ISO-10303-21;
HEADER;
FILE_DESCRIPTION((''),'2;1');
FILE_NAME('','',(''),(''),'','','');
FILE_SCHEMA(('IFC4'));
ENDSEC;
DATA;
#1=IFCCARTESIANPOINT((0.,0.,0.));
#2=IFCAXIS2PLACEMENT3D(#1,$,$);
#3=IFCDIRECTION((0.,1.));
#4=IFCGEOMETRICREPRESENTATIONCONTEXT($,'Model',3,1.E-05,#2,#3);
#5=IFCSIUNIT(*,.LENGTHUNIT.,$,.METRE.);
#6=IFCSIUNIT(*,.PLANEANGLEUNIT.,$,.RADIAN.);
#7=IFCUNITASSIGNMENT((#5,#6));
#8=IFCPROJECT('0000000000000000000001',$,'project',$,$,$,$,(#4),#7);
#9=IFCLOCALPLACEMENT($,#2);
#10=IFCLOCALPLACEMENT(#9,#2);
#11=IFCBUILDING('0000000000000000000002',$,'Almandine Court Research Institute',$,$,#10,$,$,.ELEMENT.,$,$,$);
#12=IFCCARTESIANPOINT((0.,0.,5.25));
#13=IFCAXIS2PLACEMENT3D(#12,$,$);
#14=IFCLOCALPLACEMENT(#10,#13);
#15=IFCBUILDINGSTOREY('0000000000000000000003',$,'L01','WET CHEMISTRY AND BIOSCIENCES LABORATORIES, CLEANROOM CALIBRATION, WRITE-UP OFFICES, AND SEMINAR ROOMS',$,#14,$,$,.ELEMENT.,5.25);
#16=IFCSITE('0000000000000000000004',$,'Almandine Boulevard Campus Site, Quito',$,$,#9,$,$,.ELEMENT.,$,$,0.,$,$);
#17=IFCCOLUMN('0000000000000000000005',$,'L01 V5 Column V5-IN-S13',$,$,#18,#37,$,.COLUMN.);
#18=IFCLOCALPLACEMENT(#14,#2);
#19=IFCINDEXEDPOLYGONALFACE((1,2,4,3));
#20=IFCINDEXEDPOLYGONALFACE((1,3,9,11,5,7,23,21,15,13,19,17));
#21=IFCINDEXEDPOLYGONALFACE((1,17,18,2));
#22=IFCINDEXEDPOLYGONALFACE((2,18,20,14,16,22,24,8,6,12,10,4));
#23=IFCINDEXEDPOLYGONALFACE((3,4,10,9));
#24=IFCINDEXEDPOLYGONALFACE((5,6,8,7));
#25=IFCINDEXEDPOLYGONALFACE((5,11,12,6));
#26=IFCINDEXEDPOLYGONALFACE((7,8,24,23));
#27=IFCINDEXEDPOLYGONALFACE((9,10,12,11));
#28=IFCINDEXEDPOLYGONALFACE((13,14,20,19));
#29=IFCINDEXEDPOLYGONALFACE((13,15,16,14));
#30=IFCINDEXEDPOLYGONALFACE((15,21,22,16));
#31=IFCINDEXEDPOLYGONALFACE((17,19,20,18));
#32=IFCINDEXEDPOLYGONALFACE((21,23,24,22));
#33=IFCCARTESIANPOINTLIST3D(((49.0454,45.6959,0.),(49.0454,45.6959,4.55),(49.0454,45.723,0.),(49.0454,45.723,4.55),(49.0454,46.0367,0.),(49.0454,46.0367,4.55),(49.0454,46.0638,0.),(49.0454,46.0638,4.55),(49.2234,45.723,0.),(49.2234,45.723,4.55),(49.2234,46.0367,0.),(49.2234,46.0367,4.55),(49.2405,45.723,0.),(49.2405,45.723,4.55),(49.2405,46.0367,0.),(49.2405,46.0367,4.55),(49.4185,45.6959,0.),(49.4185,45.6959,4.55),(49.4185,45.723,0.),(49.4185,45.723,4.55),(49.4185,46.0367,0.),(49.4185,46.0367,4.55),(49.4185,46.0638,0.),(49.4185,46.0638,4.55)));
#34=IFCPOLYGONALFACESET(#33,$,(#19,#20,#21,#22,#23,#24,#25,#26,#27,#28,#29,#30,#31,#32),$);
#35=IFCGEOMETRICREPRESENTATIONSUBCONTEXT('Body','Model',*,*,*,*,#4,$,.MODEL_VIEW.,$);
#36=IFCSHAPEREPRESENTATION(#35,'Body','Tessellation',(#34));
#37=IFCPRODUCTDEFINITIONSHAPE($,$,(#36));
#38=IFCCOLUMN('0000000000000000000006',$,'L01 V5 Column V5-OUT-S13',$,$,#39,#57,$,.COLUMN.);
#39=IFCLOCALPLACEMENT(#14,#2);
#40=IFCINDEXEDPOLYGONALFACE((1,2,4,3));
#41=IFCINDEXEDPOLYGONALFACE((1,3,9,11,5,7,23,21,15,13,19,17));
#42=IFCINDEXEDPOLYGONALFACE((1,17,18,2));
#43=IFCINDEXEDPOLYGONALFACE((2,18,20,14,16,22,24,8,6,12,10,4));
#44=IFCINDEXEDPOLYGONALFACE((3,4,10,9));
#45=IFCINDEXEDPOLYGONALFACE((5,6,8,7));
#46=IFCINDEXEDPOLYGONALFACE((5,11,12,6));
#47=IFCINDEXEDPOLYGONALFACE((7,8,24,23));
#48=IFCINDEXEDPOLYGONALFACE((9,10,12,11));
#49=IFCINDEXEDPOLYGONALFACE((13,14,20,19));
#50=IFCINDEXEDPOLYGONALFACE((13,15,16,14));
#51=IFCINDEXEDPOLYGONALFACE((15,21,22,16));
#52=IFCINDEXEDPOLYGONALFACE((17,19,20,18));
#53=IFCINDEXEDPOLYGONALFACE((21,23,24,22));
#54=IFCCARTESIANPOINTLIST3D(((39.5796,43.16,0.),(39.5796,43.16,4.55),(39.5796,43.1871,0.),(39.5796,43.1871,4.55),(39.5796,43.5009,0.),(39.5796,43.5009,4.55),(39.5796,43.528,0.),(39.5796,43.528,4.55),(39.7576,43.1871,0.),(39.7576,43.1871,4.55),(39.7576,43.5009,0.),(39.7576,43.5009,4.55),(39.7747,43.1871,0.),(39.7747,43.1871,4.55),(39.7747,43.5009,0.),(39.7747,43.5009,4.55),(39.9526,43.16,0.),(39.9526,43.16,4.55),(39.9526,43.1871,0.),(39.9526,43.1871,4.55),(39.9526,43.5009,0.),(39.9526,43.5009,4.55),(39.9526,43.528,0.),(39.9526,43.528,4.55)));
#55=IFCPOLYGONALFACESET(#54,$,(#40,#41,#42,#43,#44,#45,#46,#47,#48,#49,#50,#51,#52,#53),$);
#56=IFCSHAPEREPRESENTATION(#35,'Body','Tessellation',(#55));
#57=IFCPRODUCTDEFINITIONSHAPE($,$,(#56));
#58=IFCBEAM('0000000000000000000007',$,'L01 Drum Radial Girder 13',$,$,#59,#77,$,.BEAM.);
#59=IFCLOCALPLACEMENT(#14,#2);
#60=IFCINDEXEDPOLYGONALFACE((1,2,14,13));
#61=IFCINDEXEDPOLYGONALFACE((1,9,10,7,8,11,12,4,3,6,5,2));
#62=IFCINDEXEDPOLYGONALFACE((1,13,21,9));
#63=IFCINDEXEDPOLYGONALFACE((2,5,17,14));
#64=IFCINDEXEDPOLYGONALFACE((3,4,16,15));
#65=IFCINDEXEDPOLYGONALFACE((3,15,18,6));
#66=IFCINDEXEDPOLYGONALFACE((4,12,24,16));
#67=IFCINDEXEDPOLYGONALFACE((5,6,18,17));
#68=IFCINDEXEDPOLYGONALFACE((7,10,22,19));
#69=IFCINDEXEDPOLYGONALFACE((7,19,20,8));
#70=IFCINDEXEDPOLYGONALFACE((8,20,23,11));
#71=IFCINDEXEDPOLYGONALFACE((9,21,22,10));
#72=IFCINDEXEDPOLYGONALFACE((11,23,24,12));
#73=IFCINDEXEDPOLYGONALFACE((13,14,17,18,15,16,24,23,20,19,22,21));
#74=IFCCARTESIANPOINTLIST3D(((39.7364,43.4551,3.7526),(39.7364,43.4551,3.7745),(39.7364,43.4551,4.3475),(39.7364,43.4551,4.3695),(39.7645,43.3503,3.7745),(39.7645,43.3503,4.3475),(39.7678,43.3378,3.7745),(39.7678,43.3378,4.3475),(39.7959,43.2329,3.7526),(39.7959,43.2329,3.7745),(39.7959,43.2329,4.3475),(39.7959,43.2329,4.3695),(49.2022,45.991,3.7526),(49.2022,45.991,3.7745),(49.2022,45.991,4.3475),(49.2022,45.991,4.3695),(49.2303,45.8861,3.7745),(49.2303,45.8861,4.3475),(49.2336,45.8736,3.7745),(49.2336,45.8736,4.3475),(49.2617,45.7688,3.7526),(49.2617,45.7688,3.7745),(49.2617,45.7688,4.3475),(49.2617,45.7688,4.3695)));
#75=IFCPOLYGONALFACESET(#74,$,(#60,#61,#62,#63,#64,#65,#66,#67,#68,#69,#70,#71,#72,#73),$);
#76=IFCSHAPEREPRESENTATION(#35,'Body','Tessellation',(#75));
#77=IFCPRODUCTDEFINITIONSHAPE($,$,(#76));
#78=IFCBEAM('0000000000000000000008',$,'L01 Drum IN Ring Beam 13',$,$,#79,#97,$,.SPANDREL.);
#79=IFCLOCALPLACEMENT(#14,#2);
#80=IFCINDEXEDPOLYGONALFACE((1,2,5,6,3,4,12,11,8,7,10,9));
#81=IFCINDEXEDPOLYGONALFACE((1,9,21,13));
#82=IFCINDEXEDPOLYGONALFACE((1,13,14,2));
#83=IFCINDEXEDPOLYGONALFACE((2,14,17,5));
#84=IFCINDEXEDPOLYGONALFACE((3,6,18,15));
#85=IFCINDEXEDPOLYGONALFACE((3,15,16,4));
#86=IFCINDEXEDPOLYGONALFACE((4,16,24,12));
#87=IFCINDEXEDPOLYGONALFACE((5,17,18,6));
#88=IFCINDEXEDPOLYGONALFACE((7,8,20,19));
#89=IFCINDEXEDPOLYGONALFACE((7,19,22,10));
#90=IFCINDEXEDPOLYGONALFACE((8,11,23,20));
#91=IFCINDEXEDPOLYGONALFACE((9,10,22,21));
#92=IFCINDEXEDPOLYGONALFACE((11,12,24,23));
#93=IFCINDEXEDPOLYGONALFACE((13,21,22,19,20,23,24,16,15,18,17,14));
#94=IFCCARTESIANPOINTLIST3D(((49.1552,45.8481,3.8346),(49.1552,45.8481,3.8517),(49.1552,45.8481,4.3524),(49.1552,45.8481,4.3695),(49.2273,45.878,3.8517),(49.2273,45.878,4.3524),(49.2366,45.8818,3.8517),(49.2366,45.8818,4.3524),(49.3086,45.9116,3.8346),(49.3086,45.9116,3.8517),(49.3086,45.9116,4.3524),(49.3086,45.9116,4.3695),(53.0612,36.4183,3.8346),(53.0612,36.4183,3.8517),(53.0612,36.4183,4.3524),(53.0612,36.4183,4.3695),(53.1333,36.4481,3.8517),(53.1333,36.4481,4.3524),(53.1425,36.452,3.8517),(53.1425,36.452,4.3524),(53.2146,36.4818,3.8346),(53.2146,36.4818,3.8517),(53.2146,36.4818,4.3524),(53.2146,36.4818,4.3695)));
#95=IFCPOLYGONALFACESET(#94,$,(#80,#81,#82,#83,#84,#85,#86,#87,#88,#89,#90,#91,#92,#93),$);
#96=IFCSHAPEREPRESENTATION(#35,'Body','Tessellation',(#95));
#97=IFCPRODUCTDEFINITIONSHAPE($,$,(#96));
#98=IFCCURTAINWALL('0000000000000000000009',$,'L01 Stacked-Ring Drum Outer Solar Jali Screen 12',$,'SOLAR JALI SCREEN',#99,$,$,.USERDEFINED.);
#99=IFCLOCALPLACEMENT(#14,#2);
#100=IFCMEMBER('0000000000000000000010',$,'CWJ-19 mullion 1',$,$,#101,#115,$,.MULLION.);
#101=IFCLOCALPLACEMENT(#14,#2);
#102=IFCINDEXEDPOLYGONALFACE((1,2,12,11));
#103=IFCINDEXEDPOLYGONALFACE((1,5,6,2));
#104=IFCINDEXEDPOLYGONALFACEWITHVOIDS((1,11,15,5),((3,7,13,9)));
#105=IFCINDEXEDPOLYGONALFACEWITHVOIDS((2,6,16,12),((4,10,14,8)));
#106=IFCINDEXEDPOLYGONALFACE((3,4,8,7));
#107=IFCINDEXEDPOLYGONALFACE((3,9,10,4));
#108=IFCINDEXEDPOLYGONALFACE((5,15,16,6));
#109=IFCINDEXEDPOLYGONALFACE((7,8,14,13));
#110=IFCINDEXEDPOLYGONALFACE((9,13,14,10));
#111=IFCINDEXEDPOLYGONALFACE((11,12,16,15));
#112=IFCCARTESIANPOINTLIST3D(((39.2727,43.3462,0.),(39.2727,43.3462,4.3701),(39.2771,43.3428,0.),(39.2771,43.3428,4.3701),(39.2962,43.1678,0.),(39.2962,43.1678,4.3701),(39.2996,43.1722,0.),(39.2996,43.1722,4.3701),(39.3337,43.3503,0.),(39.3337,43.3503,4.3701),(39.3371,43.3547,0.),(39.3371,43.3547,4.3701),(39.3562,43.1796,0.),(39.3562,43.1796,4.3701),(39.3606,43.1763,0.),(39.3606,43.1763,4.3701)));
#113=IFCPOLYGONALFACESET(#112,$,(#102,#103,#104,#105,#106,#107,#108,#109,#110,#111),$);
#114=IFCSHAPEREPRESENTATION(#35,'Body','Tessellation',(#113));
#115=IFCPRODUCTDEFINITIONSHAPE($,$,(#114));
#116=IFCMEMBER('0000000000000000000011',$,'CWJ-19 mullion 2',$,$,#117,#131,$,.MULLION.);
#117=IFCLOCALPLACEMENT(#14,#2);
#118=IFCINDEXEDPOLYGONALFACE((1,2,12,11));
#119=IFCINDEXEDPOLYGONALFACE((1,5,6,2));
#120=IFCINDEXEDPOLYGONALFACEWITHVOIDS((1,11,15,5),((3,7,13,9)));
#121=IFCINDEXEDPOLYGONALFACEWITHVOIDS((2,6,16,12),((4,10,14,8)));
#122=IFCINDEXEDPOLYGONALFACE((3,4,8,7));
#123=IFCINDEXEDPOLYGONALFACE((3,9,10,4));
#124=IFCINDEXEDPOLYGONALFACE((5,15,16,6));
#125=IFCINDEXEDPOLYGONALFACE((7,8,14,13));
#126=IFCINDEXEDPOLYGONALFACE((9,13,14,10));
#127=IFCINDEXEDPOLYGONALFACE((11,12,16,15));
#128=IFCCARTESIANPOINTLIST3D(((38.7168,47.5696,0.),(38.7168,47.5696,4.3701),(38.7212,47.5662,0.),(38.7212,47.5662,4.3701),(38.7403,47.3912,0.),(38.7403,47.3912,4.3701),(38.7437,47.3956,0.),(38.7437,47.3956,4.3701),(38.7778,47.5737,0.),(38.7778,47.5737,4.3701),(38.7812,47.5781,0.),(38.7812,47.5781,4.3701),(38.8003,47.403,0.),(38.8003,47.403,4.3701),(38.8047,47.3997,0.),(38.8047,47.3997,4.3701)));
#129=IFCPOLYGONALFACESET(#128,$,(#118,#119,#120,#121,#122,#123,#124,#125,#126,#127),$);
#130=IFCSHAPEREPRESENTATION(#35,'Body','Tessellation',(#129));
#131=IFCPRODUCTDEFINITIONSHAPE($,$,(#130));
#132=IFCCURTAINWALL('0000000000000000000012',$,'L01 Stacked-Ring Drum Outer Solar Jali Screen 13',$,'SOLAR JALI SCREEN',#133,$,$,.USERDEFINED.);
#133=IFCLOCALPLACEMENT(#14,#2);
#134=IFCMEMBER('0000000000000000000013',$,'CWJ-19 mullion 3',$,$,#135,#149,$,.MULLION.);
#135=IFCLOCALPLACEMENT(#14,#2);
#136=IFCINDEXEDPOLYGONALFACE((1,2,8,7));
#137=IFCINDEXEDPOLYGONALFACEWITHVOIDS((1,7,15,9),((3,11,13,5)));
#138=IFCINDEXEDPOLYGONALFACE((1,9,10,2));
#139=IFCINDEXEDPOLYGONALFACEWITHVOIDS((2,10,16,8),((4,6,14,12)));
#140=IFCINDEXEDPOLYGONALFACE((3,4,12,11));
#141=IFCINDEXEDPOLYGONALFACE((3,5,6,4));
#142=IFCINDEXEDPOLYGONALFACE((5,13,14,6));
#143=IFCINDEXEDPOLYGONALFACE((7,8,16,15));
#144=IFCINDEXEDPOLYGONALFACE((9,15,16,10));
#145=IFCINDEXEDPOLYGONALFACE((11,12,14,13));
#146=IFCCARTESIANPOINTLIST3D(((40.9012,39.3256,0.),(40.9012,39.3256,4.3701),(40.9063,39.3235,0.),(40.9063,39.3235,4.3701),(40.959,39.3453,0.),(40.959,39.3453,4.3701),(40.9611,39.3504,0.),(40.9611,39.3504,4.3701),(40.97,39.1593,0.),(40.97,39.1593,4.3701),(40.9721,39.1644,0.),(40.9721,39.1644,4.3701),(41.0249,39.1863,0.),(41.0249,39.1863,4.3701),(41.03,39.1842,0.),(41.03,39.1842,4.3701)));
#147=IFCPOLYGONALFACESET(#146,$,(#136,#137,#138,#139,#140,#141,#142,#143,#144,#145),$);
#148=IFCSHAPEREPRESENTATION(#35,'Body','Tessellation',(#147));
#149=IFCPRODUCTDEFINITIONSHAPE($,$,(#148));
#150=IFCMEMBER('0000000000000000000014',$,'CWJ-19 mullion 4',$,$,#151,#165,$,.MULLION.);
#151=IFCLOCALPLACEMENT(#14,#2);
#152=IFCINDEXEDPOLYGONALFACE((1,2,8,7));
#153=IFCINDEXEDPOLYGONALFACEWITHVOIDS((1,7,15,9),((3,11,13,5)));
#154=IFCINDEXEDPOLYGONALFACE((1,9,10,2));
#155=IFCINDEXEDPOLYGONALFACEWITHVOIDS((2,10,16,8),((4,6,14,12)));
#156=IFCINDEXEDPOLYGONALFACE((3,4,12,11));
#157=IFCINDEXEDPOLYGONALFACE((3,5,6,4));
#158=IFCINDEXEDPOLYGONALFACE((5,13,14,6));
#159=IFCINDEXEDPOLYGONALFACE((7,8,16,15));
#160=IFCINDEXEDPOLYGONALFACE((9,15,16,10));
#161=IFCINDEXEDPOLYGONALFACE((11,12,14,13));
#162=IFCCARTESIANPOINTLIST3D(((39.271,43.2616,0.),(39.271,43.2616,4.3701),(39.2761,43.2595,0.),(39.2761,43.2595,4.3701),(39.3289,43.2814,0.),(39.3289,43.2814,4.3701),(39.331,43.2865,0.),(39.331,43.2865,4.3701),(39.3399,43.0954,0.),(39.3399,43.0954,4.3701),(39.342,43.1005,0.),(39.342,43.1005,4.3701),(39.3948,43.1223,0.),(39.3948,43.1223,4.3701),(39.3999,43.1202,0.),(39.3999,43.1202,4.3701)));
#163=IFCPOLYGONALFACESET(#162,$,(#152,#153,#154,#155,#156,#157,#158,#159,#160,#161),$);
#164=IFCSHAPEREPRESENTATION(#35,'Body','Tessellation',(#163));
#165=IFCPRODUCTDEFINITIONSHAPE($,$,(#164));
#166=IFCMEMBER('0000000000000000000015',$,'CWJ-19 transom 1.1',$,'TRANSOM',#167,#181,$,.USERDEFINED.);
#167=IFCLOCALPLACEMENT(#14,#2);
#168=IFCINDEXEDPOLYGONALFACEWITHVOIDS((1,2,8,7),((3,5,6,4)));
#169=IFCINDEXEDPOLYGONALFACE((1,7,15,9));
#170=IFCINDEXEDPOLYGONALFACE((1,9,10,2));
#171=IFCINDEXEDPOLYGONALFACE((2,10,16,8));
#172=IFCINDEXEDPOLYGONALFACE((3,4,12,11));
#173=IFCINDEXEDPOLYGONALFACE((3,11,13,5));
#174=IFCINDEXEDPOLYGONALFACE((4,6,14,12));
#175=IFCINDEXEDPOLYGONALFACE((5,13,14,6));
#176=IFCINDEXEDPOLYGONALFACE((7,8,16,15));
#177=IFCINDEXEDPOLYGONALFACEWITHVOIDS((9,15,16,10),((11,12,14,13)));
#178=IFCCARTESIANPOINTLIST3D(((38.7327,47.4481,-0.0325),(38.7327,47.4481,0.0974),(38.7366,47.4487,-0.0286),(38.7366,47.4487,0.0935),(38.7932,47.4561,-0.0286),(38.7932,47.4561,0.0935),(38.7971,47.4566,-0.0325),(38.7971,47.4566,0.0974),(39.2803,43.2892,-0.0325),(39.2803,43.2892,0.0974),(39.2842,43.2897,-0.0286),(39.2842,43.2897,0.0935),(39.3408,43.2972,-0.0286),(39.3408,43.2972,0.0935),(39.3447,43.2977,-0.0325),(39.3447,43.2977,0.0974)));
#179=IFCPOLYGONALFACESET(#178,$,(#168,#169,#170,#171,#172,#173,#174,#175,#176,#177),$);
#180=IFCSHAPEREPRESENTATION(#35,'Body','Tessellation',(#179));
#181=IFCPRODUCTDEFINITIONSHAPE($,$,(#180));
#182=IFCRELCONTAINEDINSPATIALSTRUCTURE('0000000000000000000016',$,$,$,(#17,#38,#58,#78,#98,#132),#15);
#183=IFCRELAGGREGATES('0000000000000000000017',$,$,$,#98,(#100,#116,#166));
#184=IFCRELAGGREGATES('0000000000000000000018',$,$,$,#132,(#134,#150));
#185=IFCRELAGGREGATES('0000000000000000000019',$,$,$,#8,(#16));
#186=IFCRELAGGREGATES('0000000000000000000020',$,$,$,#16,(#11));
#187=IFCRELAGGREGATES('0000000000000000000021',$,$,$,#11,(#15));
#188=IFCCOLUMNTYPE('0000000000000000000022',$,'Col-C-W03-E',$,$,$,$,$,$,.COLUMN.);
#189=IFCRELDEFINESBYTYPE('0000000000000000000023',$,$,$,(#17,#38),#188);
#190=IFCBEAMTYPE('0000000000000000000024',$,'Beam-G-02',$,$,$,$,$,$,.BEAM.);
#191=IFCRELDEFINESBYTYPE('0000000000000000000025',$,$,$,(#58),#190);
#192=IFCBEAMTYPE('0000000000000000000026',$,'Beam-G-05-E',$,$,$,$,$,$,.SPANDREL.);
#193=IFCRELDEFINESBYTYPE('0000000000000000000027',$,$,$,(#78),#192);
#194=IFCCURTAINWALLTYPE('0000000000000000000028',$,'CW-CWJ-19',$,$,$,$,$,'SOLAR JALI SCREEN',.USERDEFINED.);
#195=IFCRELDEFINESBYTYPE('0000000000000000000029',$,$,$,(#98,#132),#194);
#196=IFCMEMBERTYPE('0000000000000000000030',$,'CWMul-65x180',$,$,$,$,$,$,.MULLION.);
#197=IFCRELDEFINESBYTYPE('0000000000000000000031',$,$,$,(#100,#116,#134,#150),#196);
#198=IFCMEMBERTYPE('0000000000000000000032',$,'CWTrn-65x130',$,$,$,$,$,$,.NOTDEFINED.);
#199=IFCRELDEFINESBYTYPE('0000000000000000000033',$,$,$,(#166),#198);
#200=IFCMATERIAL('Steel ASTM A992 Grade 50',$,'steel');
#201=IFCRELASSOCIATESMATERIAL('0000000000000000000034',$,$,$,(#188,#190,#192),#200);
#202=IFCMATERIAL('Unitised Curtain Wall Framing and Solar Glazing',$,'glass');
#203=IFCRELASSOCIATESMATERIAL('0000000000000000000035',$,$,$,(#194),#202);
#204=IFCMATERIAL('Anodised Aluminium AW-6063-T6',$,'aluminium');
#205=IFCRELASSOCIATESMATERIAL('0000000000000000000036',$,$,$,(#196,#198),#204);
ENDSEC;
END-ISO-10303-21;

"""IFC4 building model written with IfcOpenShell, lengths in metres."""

from ifc_helpers import new_model, si_unit, direction, frame, origin, origin_2d, place, context, subcontext, project, spatial, hollow_rectangle, i_section, extrude, material, material_profile, profile_set, type_object, element, aggregate, save


model = new_model("IFC4")

# Units and contexts
model_context = context("Model", 3, precision=1e-05, world=origin(), true_north=direction((0.0, 1.0)))
body_context = subcontext(model_context, "Body", "Model", "MODEL_VIEW")
ifc_project = project(units=[si_unit("LENGTHUNIT", "METRE"), si_unit("PLANEANGLEUNIT", "RADIAN")], contexts=[model_context])

# Site, building, storey
site_placement = place(None, origin())
site = spatial("IfcSite", under=ifc_project, at=site_placement, Name="Almandine Boulevard Campus Site, Quito", CompositionType="ELEMENT", RefElevation=0.0)
building_placement = place(site_placement, origin())
building = spatial("IfcBuilding", under=site, at=building_placement, Name="Almandine Court Research Institute", CompositionType="ELEMENT")
storey_placement = place(building_placement, frame((0.0, 0.0, 5.25)))
storey = spatial("IfcBuildingStorey", under=building, at=storey_placement, Name="L01", Description="WET CHEMISTRY AND BIOSCIENCES LABORATORIES, CLEANROOM CALIBRATION, WRITE-UP OFFICES, AND SEMINAR ROOMS", CompositionType="ELEMENT", Elevation=5.25)

# Columns
ifc_material_1 = material(Name="Steel ASTM A992 Grade 50", Category="steel")
ifc_material_profile_1 = material_profile(ifc_material_1, i_section(OverallWidth=0.373, OverallDepth=0.3679, WebThickness=0.0171, FlangeThickness=0.0271, at=origin_2d()), Name="W360x179")
ifc_profile_set_1 = profile_set([ifc_material_profile_1], Name="Steel ASTM A992 Grade 50")
column_type = type_object("IfcColumnType", Name="Col-C-W03-E", PredefinedType="COLUMN", material=ifc_profile_set_1)
for number, where, z_axis, x_axis, name in (
    (1, (49.2319, 45.8799, 0.0), (0.0, 0.0, 1.0), (1.0, 0.0, 0.0), "L01 V5 Column V5-IN-S13"),
    (2, (39.7661, 43.344, 0.0), (0.0, 0.0, 1.0), (1.0, 0.0, 0.0), "L01 V5 Column V5-OUT-S13"),
):
    element("IfcColumn", number, at=place(storey_placement, frame(where, z_axis=z_axis, x_axis=x_axis)), inside=storey, type_object=column_type, Name=name, PredefinedType="COLUMN", context=body_context, shape_type="SweptSolid", body=[
        extrude(i_section(OverallWidth=0.373, OverallDepth=0.3679, WebThickness=0.0171, FlangeThickness=0.0271, at=origin_2d()), origin(), (0.0, 0.0, 1.0), 4.55),
    ])

# Beams
ifc_material_profile_2 = material_profile(ifc_material_1, i_section(OverallWidth=0.23, OverallDepth=0.6169, WebThickness=0.0129, FlangeThickness=0.022, at=origin_2d()), Name="W610x140")
ifc_profile_set_2 = profile_set([ifc_material_profile_2], Name="Steel ASTM A992 Grade 50")
beam_type_1 = type_object("IfcBeamType", Name="Beam-G-02", PredefinedType="BEAM", material=ifc_profile_set_2)
beam_1_placement = place(storey_placement, frame((49.2319, 45.8799, 4.061), z_axis=(-0.965938, -0.258774, 0.0), x_axis=(0.258774, -0.965938, 0.0)))
element("IfcBeam", 3, at=beam_1_placement, inside=storey, type_object=beam_type_1, Name="L01 Drum Radial Girder 13", PredefinedType="BEAM", context=body_context, shape_type="SweptSolid", body=[
    extrude(i_section(OverallWidth=0.23, OverallDepth=0.6169, WebThickness=0.0129, FlangeThickness=0.022, at=origin_2d()), origin(), (0.0, 0.0, 1.0), 9.7996),
])
ifc_material_profile_3 = material_profile(ifc_material_1, i_section(OverallWidth=0.166, OverallDepth=0.5349, WebThickness=0.01, FlangeThickness=0.0171, at=origin_2d()), Name="W530x85")
ifc_profile_set_3 = profile_set([ifc_material_profile_3], Name="Steel ASTM A992 Grade 50")
beam_type_2 = type_object("IfcBeamType", Name="Beam-G-05-E", PredefinedType="SPANDREL", material=ifc_profile_set_3)
beam_2_placement = place(storey_placement, frame((49.2319, 45.8799, 4.1021), z_axis=(0.382683, -0.92388, 0.0), x_axis=(0.92388, 0.382683, 0.0)))
element("IfcBeam", 4, at=beam_2_placement, inside=storey, type_object=beam_type_2, Name="L01 Drum IN Ring Beam 13", PredefinedType="SPANDREL", context=body_context, shape_type="SweptSolid", body=[
    extrude(i_section(OverallWidth=0.166, OverallDepth=0.5349, WebThickness=0.01, FlangeThickness=0.0171, at=origin_2d()), origin(), (0.0, 0.0, 1.0), 10.2068),
])

# Curtain walls, members
ifc_material_2 = material(Name="Unitised Curtain Wall Framing and Solar Glazing", Category="glass")
curtain_wall_type = type_object("IfcCurtainWallType", Name="CW-CWJ-19", ElementType="SOLAR JALI SCREEN", PredefinedType="USERDEFINED", material=ifc_material_2)
curtain_wall_1_placement = place(storey_placement, origin())
curtain_wall_1 = element("IfcCurtainWall", 5, at=curtain_wall_1_placement, inside=storey, type_object=curtain_wall_type, Name="L01 Stacked-Ring Drum Outer Solar Jali Screen 12", ObjectType="SOLAR JALI SCREEN", PredefinedType="USERDEFINED")
ifc_material_3 = material(Name="Anodised Aluminium AW-6063-T6", Category="aluminium")
ifc_material_profile_4 = material_profile(ifc_material_3, hollow_rectangle(XDim=0.0649, YDim=0.1799, WallThickness=0.0039, at=origin_2d()), Name="ALU RHS 65x180x4")
ifc_profile_set_4 = profile_set([ifc_material_profile_4], Name="Anodised Aluminium AW-6063-T6")
member_type_1 = type_object("IfcMemberType", Name="CWMul-65x180", PredefinedType="MULLION", material=ifc_profile_set_4)
member_1_placement = place(storey_placement, frame((39.3167, 43.2612, 0.0), z_axis=(0.0, 0.0, 1.0), x_axis=(-0.991443, -0.130541, 0.0)))
member_1 = element("IfcMember", 6, at=member_1_placement, type_object=member_type_1, Name="CWJ-19 mullion 1", PredefinedType="MULLION", context=body_context, shape_type="SweptSolid", body=[
    extrude(hollow_rectangle(XDim=0.0649, YDim=0.1799, WallThickness=0.0039, at=origin_2d()), origin(), (0.0, 0.0, 1.0), 4.3701),
])
member_2_placement = place(storey_placement, frame((38.7607, 47.4846, 0.0), z_axis=(0.0, 0.0, 1.0), x_axis=(-0.991443, -0.130541, 0.0)))
member_2 = element("IfcMember", 7, at=member_2_placement, type_object=member_type_1, Name="CWJ-19 mullion 2", PredefinedType="MULLION", context=body_context, shape_type="SweptSolid", body=[
    extrude(hollow_rectangle(XDim=0.0649, YDim=0.1799, WallThickness=0.0039, at=origin_2d()), origin(), (0.0, 0.0, 1.0), 4.3701),
])
curtain_wall_2_placement = place(storey_placement, origin())
curtain_wall_2 = element("IfcCurtainWall", 8, at=curtain_wall_2_placement, inside=storey, type_object=curtain_wall_type, Name="L01 Stacked-Ring Drum Outer Solar Jali Screen 13", ObjectType="SOLAR JALI SCREEN", PredefinedType="USERDEFINED")
member_3_placement = place(storey_placement, frame((40.9656, 39.2549, 0.0), z_axis=(0.0, 0.0, 1.0), x_axis=(-0.923888, -0.382663, 0.0)))
member_3 = element("IfcMember", 9, at=member_3_placement, type_object=member_type_1, Name="CWJ-19 mullion 3", PredefinedType="MULLION", context=body_context, shape_type="SweptSolid", body=[
    extrude(hollow_rectangle(XDim=0.0649, YDim=0.1799, WallThickness=0.0039, at=origin_2d()), origin(), (0.0, 0.0, 1.0), 4.3701),
])
member_4_placement = place(storey_placement, frame((39.3354, 43.1909, 0.0), z_axis=(0.0, 0.0, 1.0), x_axis=(-0.923888, -0.382663, 0.0)))
member_4 = element("IfcMember", 10, at=member_4_placement, type_object=member_type_1, Name="CWJ-19 mullion 4", PredefinedType="MULLION", context=body_context, shape_type="SweptSolid", body=[
    extrude(hollow_rectangle(XDim=0.0649, YDim=0.1799, WallThickness=0.0039, at=origin_2d()), origin(), (0.0, 0.0, 1.0), 4.3701),
])

# Member
ifc_material_profile_5 = material_profile(ifc_material_3, hollow_rectangle(XDim=0.0649, YDim=0.1299, WallThickness=0.0039, at=origin_2d()), Name="ALU RHS 65x130x4")
ifc_profile_set_5 = profile_set([ifc_material_profile_5], Name="Anodised Aluminium AW-6063-T6")
member_type_2 = type_object("IfcMemberType", Name="CWTrn-65x130", PredefinedType="NOTDEFINED", material=ifc_profile_set_5)
member_5_placement = place(storey_placement, frame((39.3125, 43.2935, 0.0325), z_axis=(-0.130543, 0.991443, 0.0), x_axis=(-0.991443, -0.130543, 0.0)))
member_5 = element("IfcMember", 11, at=member_5_placement, type_object=member_type_2, Name="CWJ-19 transom 1.1", ObjectType="TRANSOM", PredefinedType="USERDEFINED", context=body_context, shape_type="SweptSolid", body=[
    extrude(hollow_rectangle(XDim=0.0649, YDim=0.1299, WallThickness=0.0039, at=origin_2d()), origin(), (0.0, 0.0, 1.0), 4.1948),
])

aggregate(curtain_wall_1, [member_1, member_2, member_5])
aggregate(curtain_wall_2, [member_3, member_4])

save(model, "model.ifc")
